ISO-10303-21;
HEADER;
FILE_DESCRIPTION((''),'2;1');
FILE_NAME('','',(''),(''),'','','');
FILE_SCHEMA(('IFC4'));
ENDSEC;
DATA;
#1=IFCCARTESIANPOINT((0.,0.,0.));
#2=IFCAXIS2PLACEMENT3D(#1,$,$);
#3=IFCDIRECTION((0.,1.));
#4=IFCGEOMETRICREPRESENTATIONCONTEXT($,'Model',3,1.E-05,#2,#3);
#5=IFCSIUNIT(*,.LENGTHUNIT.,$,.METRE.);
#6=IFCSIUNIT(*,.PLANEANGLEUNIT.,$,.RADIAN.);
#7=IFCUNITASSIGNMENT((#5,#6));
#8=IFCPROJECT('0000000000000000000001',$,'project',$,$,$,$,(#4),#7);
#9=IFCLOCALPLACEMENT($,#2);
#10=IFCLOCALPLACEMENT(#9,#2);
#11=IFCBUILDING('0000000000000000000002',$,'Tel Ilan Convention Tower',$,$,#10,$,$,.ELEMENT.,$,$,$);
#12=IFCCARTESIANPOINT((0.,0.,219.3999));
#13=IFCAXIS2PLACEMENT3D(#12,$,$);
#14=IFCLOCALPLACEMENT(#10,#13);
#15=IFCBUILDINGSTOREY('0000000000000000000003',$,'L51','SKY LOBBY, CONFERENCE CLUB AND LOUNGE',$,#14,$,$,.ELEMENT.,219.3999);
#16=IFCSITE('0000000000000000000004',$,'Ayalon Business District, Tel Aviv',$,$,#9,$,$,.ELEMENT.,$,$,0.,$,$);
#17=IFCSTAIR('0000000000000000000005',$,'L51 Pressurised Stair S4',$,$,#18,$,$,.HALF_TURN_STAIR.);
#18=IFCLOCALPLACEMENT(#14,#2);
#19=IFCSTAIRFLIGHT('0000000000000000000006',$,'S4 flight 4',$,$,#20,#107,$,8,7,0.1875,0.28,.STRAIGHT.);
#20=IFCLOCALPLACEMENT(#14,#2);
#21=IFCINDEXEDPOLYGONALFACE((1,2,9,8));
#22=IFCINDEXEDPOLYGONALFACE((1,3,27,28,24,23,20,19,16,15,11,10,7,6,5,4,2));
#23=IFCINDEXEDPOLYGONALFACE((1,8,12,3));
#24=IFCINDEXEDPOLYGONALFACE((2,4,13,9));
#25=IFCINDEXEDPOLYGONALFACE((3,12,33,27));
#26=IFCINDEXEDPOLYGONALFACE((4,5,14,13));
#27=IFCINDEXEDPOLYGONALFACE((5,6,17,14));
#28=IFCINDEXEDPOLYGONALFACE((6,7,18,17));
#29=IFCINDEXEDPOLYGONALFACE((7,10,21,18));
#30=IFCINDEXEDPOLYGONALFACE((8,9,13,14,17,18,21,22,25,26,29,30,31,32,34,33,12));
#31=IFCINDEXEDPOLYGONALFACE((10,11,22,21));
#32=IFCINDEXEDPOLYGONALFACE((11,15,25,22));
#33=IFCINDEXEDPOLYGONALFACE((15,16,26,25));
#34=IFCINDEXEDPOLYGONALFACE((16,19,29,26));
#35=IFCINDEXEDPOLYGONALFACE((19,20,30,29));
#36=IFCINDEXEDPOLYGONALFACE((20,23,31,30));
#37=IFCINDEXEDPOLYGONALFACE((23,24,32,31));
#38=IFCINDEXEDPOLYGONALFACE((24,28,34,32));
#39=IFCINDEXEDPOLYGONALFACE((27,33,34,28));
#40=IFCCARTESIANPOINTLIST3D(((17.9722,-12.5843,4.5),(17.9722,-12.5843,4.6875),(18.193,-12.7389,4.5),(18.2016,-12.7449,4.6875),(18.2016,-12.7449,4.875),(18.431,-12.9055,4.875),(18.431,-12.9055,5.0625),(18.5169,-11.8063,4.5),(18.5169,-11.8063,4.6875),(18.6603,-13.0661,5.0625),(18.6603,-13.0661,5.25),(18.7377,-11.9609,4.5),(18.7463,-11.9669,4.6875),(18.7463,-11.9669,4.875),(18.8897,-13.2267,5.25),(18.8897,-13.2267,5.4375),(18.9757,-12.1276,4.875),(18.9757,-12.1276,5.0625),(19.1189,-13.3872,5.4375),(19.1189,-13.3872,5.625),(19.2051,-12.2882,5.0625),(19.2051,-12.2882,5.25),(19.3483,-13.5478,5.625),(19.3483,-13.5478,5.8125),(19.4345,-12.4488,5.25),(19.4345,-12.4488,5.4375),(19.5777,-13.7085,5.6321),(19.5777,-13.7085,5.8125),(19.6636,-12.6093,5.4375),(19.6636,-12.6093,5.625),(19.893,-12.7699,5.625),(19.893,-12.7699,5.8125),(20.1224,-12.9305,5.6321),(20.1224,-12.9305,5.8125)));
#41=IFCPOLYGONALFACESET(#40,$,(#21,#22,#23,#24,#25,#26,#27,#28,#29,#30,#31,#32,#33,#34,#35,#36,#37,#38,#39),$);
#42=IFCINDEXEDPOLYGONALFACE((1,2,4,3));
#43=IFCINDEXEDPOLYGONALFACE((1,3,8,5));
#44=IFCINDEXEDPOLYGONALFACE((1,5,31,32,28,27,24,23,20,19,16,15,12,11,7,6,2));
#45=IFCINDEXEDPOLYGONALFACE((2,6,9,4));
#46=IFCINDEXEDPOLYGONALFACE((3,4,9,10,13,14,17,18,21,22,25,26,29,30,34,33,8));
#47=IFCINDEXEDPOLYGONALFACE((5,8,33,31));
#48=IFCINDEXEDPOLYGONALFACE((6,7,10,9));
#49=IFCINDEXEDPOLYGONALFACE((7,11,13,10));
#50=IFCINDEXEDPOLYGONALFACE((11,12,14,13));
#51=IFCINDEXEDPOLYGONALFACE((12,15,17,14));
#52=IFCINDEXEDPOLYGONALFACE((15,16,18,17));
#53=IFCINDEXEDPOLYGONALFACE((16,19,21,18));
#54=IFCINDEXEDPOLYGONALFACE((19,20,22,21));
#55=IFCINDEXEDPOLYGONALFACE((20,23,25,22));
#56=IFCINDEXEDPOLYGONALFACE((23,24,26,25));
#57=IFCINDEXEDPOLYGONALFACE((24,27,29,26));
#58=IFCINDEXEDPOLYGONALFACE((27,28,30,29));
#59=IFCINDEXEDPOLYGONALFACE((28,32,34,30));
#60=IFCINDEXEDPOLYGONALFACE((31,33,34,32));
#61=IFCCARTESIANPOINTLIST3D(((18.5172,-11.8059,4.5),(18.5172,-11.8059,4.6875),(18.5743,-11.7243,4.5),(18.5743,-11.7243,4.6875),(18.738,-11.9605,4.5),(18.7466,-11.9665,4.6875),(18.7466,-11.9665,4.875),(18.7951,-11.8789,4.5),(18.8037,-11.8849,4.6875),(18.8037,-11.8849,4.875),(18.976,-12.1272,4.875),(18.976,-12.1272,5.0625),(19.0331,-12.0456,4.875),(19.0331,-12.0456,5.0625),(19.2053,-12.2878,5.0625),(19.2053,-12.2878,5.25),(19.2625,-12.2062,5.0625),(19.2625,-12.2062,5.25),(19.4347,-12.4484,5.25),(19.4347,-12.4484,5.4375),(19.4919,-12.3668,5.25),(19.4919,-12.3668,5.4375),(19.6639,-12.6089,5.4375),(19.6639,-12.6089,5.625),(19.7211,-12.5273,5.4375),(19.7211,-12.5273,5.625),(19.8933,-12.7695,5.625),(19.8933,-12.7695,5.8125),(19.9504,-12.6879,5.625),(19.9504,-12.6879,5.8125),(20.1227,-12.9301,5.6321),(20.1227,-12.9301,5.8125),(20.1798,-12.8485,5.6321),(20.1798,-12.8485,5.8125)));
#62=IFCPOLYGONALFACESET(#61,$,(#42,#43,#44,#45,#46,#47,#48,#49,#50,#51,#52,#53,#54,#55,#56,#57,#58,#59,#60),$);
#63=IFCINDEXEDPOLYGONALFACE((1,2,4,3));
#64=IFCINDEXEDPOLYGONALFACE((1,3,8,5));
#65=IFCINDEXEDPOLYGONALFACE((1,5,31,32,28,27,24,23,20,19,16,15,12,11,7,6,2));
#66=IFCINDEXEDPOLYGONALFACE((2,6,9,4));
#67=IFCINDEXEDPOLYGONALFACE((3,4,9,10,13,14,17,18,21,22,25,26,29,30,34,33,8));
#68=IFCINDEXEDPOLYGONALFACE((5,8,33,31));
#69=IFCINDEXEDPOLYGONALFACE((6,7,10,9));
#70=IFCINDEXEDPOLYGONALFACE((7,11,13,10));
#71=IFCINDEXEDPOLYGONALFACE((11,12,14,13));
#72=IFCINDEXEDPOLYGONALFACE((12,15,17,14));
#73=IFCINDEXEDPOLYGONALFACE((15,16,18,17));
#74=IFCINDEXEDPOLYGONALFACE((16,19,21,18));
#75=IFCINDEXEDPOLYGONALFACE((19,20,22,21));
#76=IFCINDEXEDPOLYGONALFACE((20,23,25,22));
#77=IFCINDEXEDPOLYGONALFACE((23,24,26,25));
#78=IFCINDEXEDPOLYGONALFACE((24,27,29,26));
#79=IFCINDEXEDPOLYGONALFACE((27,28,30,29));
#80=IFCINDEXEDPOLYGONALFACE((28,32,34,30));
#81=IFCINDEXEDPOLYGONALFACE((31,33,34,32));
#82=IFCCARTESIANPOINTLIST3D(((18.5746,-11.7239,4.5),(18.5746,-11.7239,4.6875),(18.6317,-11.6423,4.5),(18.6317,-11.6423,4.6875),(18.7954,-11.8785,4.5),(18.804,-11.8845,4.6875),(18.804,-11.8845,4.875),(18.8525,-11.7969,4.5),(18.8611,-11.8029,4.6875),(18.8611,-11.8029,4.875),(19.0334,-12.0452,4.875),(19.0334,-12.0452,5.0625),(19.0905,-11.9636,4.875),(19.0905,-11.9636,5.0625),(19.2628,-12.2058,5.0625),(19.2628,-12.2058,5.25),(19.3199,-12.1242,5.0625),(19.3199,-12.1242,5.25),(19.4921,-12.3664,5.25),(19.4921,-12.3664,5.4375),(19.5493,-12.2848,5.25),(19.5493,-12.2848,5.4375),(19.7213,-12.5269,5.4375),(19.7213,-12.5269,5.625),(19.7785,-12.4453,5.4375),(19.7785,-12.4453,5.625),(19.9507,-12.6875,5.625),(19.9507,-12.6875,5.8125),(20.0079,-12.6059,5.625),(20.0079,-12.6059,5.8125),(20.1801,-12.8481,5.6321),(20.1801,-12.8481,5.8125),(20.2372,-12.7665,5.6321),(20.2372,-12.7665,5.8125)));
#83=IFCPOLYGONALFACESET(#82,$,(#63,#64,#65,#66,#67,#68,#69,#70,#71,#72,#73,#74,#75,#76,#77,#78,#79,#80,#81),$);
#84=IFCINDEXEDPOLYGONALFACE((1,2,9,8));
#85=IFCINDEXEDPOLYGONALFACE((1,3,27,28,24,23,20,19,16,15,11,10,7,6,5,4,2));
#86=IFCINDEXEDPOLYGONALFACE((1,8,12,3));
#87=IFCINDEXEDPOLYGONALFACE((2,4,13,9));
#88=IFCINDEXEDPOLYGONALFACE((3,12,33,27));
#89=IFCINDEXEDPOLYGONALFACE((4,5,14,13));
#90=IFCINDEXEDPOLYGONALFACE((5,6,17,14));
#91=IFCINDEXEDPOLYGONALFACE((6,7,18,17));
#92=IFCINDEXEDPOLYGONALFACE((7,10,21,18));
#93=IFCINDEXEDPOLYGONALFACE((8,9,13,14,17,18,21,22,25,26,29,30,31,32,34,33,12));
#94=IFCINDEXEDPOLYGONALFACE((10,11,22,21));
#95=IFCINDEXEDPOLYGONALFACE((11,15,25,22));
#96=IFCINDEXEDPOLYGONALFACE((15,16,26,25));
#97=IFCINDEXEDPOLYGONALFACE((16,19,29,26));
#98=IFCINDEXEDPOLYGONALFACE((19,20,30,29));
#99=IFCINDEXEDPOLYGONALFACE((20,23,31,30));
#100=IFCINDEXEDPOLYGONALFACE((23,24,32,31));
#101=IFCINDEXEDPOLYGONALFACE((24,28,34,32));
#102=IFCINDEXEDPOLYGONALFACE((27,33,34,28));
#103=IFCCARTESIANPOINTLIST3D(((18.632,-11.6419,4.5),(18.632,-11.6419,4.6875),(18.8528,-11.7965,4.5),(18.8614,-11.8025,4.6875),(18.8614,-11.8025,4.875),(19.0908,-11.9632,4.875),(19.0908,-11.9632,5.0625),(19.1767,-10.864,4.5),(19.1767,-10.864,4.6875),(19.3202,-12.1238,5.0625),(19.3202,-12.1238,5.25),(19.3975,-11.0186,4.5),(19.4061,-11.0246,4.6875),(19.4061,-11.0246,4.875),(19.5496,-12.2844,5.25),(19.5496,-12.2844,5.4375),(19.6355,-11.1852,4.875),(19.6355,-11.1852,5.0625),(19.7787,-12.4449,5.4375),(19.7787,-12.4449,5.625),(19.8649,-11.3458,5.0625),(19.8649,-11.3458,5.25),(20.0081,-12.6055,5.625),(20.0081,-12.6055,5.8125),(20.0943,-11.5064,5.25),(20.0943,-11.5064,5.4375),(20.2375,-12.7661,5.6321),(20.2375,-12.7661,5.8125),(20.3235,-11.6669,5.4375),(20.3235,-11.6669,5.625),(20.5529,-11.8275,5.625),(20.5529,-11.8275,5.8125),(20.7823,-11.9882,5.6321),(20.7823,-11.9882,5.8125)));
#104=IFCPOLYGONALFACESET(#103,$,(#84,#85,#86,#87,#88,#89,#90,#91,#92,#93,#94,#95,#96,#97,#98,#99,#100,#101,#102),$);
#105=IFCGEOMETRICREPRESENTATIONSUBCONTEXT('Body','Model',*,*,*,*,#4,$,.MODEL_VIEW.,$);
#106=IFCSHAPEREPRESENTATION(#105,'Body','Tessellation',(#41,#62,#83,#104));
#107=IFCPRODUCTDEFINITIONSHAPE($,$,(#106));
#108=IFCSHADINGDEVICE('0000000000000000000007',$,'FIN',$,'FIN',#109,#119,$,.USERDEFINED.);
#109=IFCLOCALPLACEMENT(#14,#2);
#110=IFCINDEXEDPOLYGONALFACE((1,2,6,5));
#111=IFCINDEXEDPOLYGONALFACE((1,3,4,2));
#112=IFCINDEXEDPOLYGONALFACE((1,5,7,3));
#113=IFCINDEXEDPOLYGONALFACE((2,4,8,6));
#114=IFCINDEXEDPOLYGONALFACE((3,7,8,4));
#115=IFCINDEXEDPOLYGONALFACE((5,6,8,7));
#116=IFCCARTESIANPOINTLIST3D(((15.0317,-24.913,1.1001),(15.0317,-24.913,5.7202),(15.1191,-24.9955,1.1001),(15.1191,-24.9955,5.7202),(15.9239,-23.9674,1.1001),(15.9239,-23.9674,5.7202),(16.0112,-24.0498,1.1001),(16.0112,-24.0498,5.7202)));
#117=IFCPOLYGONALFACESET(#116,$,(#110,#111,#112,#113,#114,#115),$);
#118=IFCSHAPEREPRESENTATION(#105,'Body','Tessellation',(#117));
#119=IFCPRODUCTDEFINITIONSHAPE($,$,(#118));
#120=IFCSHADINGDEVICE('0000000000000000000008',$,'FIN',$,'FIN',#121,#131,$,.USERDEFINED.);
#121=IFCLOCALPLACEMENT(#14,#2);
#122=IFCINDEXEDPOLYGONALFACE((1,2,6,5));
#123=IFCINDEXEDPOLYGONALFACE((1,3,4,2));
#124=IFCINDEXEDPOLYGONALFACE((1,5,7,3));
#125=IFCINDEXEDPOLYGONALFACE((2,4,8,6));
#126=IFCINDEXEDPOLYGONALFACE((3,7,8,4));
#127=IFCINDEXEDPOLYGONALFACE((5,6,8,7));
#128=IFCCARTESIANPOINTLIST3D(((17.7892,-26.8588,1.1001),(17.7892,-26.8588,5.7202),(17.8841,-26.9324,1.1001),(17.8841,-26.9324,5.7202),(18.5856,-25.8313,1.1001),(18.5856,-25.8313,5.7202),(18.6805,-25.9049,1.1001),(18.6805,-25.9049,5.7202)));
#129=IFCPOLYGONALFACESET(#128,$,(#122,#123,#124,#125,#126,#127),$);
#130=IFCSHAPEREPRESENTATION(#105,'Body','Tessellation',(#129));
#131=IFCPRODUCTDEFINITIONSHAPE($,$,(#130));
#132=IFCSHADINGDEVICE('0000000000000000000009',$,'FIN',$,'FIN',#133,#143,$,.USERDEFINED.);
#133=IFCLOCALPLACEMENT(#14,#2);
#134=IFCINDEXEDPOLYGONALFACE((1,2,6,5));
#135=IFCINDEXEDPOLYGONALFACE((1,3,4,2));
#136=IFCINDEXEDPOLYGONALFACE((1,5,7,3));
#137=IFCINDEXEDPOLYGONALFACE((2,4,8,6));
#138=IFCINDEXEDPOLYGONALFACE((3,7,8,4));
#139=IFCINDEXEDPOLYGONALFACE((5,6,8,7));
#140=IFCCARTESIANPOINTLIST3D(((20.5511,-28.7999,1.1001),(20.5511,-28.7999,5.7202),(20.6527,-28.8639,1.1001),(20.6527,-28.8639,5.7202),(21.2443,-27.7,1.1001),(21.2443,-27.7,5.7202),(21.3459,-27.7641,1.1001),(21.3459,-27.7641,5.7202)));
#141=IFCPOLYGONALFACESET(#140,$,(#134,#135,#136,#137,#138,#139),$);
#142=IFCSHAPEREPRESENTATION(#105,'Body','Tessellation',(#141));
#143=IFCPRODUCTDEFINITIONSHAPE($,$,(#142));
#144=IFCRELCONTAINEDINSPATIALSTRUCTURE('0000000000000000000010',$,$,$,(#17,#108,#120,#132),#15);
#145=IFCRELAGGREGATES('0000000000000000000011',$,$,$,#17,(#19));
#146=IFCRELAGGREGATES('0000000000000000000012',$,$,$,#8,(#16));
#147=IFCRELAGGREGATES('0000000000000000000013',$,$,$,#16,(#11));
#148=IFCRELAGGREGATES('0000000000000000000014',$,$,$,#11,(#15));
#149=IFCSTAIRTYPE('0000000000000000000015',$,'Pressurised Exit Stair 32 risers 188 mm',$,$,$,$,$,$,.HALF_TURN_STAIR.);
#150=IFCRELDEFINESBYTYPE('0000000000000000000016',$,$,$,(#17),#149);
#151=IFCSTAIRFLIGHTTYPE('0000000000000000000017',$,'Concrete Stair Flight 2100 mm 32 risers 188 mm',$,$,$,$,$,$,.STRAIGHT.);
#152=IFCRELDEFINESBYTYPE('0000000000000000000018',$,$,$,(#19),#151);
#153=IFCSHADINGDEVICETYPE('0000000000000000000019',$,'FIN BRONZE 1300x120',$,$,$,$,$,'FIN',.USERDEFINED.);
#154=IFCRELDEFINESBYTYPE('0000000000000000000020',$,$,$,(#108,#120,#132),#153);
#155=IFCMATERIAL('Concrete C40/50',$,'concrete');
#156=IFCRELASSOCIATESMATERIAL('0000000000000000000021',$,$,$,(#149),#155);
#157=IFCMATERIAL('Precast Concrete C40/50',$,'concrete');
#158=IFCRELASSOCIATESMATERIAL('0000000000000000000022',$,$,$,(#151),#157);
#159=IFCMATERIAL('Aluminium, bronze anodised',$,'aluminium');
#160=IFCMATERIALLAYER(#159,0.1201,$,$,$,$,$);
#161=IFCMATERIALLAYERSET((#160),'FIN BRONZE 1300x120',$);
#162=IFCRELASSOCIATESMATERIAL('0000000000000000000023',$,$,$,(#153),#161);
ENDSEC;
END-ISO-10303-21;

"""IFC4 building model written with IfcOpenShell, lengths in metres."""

from ifc_helpers import new_model, si_unit, direction, frame, origin, origin_2d, place, context, subcontext, project, spatial, polyline, rectangle, outline, extrude, material, layer, layer_set, type_object, element, aggregate, save


model = new_model("IFC4")

# Units and contexts
model_context = context("Model", 3, precision=1e-05, world=origin(), true_north=direction((0.0, 1.0)))
body_context = subcontext(model_context, "Body", "Model", "MODEL_VIEW")
ifc_project = project(units=[si_unit("LENGTHUNIT", "METRE"), si_unit("PLANEANGLEUNIT", "RADIAN")], contexts=[model_context])

# Site, building, storey
site_placement = place(None, origin())
site = spatial("IfcSite", under=ifc_project, at=site_placement, Name="Ayalon Business District, Tel Aviv", CompositionType="ELEMENT", RefElevation=0.0)
building_placement = place(site_placement, origin())
building = spatial("IfcBuilding", under=site, at=building_placement, Name="Tel Ilan Convention Tower", CompositionType="ELEMENT")
storey_placement = place(building_placement, frame((0.0, 0.0, 219.3999)))
storey = spatial("IfcBuildingStorey", under=building, at=storey_placement, Name="L51", Description="SKY LOBBY, CONFERENCE CLUB AND LOUNGE", CompositionType="ELEMENT", Elevation=219.3999)

# Stair, stair flight
ifc_material_1 = material(Name="Concrete C40/50", Category="concrete")
stair_type = type_object("IfcStairType", Name="Pressurised Exit Stair 32 risers 188 mm", PredefinedType="HALF_TURN_STAIR", material=ifc_material_1)
stair_placement = place(storey_placement, origin())
stair = element("IfcStair", 1, at=stair_placement, inside=storey, type_object=stair_type, Name="L51 Pressurised Stair S4", PredefinedType="HALF_TURN_STAIR")
ifc_material_2 = material(Name="Precast Concrete C40/50", Category="concrete")
stair_flight_type = type_object("IfcStairFlightType", Name="Concrete Stair Flight 2100 mm 32 risers 188 mm", PredefinedType="STRAIGHT", material=ifc_material_2)
stair_flight_1_placement = place(storey_placement, frame((18.5745, -11.7241, 4.5), z_axis=(0.0, 0.0, 1.0), x_axis=(0.819152, -0.573576, 0.0)))
stair_flight_1 = element("IfcStairFlight", 2, at=stair_flight_1_placement, type_object=stair_flight_type, Name="S4 flight 4", NumberOfRisers=8, NumberOfTreads=7, PredefinedType="STRAIGHT", RiserHeight=0.1875, TreadLength=0.28, context=body_context, shape_type="SweptSolid", body=[
    extrude(outline(polyline([(0.0, 0.0), (0.0, 0.1875), (0.28, 0.1875), (0.28, 0.375), (0.5601, 0.375), (0.5601, 0.5625), (0.8401, 0.5625), (0.8401, 0.75), (1.1201, 0.75), (1.1201, 0.9375), (1.3999, 0.9375), (1.3999, 1.125), (1.6799, 1.125), (1.6799, 1.3125), (1.96, 1.3125), (1.96, 1.5), (1.96, 1.1321), (0.2695, 0.0), (0.0, 0.0)])), frame((0.0, -0.1003, 0.0), z_axis=(0.0, -1.0, 0.0), x_axis=(1.0, 0.0, 0.0)), (0.0, 0.0, 1.0), 0.9497),
    extrude(outline(polyline([(0.0, 0.0), (0.0, 0.1875), (0.28, 0.1875), (0.28, 0.375), (0.5601, 0.375), (0.5601, 0.5625), (0.8401, 0.5625), (0.8401, 0.75), (1.1201, 0.75), (1.1201, 0.9375), (1.3999, 0.9375), (1.3999, 1.125), (1.6799, 1.125), (1.6799, 1.3125), (1.96, 1.3125), (1.96, 1.5), (1.96, 1.1321), (0.2695, 0.0), (0.0, 0.0)])), frame((0.0, -0.0002, 0.0), z_axis=(0.0, -1.0, 0.0), x_axis=(1.0, 0.0, 0.0)), (0.0, 0.0, 1.0), 0.0996),
    extrude(outline(polyline([(0.0, 0.0), (0.0, 0.1875), (0.28, 0.1875), (0.28, 0.375), (0.5601, 0.375), (0.5601, 0.5625), (0.8401, 0.5625), (0.8401, 0.75), (1.1201, 0.75), (1.1201, 0.9375), (1.3999, 0.9375), (1.3999, 1.125), (1.6799, 1.125), (1.6799, 1.3125), (1.96, 1.3125), (1.96, 1.5), (1.96, 1.1321), (0.2695, 0.0), (0.0, 0.0)])), frame((0.0, 0.0999, 0.0), z_axis=(0.0, -1.0, 0.0), x_axis=(1.0, 0.0, 0.0)), (0.0, 0.0, 1.0), 0.0996),
    extrude(outline(polyline([(0.0, 0.0), (0.0, 0.1875), (0.28, 0.1875), (0.28, 0.375), (0.5601, 0.375), (0.5601, 0.5625), (0.8401, 0.5625), (0.8401, 0.75), (1.1201, 0.75), (1.1201, 0.9375), (1.3999, 0.9375), (1.3999, 1.125), (1.6799, 1.125), (1.6799, 1.3125), (1.96, 1.3125), (1.96, 1.5), (1.96, 1.1321), (0.2695, 0.0), (0.0, 0.0)])), frame((0.0, 1.05, 0.0), z_axis=(0.0, -1.0, 0.0), x_axis=(1.0, 0.0, 0.0)), (0.0, 0.0, 1.0), 0.9497),
])
aggregate(stair, [stair_flight_1])

# Shading devices
ifc_material_3 = material(Name="Aluminium, bronze anodised", Category="aluminium")
ifc_layer_1 = layer(ifc_material_3, 0.1201)
ifc_layer_set_1 = layer_set([ifc_layer_1], Name="FIN BRONZE 1300x120")
shading_device_type = type_object("IfcShadingDeviceType", Name="FIN BRONZE 1300x120", ElementType="FIN", PredefinedType="USERDEFINED", material=ifc_layer_set_1)
for number, where, z_axis, x_axis, name in (
    (3, (15.5215, -24.4814, 1.1001), (0.0, 0.0, 1.0), (-0.686242, -0.727374, 0.0), "FIN"),
    (4, (18.2349, -26.3818, 1.1001), (0.0, 0.0, 1.0), (-0.612601, -0.790393, 0.0), "FIN"),
    (5, (20.9485, -28.282, 1.1001), (0.0, 0.0, 1.0), (-0.533204, -0.845986, 0.0), "FIN"),
):
    element("IfcShadingDevice", number, at=place(storey_placement, frame(where, z_axis=z_axis, x_axis=x_axis)), inside=storey, type_object=shading_device_type, Name=name, ObjectType="FIN", PredefinedType="USERDEFINED", context=body_context, shape_type="SweptSolid", body=[
        extrude(rectangle(XDim=1.3, YDim=0.1201, at=origin_2d()), origin(), (0.0, 0.0, 1.0), 4.6201),
    ])

save(model, "model.ifc")
